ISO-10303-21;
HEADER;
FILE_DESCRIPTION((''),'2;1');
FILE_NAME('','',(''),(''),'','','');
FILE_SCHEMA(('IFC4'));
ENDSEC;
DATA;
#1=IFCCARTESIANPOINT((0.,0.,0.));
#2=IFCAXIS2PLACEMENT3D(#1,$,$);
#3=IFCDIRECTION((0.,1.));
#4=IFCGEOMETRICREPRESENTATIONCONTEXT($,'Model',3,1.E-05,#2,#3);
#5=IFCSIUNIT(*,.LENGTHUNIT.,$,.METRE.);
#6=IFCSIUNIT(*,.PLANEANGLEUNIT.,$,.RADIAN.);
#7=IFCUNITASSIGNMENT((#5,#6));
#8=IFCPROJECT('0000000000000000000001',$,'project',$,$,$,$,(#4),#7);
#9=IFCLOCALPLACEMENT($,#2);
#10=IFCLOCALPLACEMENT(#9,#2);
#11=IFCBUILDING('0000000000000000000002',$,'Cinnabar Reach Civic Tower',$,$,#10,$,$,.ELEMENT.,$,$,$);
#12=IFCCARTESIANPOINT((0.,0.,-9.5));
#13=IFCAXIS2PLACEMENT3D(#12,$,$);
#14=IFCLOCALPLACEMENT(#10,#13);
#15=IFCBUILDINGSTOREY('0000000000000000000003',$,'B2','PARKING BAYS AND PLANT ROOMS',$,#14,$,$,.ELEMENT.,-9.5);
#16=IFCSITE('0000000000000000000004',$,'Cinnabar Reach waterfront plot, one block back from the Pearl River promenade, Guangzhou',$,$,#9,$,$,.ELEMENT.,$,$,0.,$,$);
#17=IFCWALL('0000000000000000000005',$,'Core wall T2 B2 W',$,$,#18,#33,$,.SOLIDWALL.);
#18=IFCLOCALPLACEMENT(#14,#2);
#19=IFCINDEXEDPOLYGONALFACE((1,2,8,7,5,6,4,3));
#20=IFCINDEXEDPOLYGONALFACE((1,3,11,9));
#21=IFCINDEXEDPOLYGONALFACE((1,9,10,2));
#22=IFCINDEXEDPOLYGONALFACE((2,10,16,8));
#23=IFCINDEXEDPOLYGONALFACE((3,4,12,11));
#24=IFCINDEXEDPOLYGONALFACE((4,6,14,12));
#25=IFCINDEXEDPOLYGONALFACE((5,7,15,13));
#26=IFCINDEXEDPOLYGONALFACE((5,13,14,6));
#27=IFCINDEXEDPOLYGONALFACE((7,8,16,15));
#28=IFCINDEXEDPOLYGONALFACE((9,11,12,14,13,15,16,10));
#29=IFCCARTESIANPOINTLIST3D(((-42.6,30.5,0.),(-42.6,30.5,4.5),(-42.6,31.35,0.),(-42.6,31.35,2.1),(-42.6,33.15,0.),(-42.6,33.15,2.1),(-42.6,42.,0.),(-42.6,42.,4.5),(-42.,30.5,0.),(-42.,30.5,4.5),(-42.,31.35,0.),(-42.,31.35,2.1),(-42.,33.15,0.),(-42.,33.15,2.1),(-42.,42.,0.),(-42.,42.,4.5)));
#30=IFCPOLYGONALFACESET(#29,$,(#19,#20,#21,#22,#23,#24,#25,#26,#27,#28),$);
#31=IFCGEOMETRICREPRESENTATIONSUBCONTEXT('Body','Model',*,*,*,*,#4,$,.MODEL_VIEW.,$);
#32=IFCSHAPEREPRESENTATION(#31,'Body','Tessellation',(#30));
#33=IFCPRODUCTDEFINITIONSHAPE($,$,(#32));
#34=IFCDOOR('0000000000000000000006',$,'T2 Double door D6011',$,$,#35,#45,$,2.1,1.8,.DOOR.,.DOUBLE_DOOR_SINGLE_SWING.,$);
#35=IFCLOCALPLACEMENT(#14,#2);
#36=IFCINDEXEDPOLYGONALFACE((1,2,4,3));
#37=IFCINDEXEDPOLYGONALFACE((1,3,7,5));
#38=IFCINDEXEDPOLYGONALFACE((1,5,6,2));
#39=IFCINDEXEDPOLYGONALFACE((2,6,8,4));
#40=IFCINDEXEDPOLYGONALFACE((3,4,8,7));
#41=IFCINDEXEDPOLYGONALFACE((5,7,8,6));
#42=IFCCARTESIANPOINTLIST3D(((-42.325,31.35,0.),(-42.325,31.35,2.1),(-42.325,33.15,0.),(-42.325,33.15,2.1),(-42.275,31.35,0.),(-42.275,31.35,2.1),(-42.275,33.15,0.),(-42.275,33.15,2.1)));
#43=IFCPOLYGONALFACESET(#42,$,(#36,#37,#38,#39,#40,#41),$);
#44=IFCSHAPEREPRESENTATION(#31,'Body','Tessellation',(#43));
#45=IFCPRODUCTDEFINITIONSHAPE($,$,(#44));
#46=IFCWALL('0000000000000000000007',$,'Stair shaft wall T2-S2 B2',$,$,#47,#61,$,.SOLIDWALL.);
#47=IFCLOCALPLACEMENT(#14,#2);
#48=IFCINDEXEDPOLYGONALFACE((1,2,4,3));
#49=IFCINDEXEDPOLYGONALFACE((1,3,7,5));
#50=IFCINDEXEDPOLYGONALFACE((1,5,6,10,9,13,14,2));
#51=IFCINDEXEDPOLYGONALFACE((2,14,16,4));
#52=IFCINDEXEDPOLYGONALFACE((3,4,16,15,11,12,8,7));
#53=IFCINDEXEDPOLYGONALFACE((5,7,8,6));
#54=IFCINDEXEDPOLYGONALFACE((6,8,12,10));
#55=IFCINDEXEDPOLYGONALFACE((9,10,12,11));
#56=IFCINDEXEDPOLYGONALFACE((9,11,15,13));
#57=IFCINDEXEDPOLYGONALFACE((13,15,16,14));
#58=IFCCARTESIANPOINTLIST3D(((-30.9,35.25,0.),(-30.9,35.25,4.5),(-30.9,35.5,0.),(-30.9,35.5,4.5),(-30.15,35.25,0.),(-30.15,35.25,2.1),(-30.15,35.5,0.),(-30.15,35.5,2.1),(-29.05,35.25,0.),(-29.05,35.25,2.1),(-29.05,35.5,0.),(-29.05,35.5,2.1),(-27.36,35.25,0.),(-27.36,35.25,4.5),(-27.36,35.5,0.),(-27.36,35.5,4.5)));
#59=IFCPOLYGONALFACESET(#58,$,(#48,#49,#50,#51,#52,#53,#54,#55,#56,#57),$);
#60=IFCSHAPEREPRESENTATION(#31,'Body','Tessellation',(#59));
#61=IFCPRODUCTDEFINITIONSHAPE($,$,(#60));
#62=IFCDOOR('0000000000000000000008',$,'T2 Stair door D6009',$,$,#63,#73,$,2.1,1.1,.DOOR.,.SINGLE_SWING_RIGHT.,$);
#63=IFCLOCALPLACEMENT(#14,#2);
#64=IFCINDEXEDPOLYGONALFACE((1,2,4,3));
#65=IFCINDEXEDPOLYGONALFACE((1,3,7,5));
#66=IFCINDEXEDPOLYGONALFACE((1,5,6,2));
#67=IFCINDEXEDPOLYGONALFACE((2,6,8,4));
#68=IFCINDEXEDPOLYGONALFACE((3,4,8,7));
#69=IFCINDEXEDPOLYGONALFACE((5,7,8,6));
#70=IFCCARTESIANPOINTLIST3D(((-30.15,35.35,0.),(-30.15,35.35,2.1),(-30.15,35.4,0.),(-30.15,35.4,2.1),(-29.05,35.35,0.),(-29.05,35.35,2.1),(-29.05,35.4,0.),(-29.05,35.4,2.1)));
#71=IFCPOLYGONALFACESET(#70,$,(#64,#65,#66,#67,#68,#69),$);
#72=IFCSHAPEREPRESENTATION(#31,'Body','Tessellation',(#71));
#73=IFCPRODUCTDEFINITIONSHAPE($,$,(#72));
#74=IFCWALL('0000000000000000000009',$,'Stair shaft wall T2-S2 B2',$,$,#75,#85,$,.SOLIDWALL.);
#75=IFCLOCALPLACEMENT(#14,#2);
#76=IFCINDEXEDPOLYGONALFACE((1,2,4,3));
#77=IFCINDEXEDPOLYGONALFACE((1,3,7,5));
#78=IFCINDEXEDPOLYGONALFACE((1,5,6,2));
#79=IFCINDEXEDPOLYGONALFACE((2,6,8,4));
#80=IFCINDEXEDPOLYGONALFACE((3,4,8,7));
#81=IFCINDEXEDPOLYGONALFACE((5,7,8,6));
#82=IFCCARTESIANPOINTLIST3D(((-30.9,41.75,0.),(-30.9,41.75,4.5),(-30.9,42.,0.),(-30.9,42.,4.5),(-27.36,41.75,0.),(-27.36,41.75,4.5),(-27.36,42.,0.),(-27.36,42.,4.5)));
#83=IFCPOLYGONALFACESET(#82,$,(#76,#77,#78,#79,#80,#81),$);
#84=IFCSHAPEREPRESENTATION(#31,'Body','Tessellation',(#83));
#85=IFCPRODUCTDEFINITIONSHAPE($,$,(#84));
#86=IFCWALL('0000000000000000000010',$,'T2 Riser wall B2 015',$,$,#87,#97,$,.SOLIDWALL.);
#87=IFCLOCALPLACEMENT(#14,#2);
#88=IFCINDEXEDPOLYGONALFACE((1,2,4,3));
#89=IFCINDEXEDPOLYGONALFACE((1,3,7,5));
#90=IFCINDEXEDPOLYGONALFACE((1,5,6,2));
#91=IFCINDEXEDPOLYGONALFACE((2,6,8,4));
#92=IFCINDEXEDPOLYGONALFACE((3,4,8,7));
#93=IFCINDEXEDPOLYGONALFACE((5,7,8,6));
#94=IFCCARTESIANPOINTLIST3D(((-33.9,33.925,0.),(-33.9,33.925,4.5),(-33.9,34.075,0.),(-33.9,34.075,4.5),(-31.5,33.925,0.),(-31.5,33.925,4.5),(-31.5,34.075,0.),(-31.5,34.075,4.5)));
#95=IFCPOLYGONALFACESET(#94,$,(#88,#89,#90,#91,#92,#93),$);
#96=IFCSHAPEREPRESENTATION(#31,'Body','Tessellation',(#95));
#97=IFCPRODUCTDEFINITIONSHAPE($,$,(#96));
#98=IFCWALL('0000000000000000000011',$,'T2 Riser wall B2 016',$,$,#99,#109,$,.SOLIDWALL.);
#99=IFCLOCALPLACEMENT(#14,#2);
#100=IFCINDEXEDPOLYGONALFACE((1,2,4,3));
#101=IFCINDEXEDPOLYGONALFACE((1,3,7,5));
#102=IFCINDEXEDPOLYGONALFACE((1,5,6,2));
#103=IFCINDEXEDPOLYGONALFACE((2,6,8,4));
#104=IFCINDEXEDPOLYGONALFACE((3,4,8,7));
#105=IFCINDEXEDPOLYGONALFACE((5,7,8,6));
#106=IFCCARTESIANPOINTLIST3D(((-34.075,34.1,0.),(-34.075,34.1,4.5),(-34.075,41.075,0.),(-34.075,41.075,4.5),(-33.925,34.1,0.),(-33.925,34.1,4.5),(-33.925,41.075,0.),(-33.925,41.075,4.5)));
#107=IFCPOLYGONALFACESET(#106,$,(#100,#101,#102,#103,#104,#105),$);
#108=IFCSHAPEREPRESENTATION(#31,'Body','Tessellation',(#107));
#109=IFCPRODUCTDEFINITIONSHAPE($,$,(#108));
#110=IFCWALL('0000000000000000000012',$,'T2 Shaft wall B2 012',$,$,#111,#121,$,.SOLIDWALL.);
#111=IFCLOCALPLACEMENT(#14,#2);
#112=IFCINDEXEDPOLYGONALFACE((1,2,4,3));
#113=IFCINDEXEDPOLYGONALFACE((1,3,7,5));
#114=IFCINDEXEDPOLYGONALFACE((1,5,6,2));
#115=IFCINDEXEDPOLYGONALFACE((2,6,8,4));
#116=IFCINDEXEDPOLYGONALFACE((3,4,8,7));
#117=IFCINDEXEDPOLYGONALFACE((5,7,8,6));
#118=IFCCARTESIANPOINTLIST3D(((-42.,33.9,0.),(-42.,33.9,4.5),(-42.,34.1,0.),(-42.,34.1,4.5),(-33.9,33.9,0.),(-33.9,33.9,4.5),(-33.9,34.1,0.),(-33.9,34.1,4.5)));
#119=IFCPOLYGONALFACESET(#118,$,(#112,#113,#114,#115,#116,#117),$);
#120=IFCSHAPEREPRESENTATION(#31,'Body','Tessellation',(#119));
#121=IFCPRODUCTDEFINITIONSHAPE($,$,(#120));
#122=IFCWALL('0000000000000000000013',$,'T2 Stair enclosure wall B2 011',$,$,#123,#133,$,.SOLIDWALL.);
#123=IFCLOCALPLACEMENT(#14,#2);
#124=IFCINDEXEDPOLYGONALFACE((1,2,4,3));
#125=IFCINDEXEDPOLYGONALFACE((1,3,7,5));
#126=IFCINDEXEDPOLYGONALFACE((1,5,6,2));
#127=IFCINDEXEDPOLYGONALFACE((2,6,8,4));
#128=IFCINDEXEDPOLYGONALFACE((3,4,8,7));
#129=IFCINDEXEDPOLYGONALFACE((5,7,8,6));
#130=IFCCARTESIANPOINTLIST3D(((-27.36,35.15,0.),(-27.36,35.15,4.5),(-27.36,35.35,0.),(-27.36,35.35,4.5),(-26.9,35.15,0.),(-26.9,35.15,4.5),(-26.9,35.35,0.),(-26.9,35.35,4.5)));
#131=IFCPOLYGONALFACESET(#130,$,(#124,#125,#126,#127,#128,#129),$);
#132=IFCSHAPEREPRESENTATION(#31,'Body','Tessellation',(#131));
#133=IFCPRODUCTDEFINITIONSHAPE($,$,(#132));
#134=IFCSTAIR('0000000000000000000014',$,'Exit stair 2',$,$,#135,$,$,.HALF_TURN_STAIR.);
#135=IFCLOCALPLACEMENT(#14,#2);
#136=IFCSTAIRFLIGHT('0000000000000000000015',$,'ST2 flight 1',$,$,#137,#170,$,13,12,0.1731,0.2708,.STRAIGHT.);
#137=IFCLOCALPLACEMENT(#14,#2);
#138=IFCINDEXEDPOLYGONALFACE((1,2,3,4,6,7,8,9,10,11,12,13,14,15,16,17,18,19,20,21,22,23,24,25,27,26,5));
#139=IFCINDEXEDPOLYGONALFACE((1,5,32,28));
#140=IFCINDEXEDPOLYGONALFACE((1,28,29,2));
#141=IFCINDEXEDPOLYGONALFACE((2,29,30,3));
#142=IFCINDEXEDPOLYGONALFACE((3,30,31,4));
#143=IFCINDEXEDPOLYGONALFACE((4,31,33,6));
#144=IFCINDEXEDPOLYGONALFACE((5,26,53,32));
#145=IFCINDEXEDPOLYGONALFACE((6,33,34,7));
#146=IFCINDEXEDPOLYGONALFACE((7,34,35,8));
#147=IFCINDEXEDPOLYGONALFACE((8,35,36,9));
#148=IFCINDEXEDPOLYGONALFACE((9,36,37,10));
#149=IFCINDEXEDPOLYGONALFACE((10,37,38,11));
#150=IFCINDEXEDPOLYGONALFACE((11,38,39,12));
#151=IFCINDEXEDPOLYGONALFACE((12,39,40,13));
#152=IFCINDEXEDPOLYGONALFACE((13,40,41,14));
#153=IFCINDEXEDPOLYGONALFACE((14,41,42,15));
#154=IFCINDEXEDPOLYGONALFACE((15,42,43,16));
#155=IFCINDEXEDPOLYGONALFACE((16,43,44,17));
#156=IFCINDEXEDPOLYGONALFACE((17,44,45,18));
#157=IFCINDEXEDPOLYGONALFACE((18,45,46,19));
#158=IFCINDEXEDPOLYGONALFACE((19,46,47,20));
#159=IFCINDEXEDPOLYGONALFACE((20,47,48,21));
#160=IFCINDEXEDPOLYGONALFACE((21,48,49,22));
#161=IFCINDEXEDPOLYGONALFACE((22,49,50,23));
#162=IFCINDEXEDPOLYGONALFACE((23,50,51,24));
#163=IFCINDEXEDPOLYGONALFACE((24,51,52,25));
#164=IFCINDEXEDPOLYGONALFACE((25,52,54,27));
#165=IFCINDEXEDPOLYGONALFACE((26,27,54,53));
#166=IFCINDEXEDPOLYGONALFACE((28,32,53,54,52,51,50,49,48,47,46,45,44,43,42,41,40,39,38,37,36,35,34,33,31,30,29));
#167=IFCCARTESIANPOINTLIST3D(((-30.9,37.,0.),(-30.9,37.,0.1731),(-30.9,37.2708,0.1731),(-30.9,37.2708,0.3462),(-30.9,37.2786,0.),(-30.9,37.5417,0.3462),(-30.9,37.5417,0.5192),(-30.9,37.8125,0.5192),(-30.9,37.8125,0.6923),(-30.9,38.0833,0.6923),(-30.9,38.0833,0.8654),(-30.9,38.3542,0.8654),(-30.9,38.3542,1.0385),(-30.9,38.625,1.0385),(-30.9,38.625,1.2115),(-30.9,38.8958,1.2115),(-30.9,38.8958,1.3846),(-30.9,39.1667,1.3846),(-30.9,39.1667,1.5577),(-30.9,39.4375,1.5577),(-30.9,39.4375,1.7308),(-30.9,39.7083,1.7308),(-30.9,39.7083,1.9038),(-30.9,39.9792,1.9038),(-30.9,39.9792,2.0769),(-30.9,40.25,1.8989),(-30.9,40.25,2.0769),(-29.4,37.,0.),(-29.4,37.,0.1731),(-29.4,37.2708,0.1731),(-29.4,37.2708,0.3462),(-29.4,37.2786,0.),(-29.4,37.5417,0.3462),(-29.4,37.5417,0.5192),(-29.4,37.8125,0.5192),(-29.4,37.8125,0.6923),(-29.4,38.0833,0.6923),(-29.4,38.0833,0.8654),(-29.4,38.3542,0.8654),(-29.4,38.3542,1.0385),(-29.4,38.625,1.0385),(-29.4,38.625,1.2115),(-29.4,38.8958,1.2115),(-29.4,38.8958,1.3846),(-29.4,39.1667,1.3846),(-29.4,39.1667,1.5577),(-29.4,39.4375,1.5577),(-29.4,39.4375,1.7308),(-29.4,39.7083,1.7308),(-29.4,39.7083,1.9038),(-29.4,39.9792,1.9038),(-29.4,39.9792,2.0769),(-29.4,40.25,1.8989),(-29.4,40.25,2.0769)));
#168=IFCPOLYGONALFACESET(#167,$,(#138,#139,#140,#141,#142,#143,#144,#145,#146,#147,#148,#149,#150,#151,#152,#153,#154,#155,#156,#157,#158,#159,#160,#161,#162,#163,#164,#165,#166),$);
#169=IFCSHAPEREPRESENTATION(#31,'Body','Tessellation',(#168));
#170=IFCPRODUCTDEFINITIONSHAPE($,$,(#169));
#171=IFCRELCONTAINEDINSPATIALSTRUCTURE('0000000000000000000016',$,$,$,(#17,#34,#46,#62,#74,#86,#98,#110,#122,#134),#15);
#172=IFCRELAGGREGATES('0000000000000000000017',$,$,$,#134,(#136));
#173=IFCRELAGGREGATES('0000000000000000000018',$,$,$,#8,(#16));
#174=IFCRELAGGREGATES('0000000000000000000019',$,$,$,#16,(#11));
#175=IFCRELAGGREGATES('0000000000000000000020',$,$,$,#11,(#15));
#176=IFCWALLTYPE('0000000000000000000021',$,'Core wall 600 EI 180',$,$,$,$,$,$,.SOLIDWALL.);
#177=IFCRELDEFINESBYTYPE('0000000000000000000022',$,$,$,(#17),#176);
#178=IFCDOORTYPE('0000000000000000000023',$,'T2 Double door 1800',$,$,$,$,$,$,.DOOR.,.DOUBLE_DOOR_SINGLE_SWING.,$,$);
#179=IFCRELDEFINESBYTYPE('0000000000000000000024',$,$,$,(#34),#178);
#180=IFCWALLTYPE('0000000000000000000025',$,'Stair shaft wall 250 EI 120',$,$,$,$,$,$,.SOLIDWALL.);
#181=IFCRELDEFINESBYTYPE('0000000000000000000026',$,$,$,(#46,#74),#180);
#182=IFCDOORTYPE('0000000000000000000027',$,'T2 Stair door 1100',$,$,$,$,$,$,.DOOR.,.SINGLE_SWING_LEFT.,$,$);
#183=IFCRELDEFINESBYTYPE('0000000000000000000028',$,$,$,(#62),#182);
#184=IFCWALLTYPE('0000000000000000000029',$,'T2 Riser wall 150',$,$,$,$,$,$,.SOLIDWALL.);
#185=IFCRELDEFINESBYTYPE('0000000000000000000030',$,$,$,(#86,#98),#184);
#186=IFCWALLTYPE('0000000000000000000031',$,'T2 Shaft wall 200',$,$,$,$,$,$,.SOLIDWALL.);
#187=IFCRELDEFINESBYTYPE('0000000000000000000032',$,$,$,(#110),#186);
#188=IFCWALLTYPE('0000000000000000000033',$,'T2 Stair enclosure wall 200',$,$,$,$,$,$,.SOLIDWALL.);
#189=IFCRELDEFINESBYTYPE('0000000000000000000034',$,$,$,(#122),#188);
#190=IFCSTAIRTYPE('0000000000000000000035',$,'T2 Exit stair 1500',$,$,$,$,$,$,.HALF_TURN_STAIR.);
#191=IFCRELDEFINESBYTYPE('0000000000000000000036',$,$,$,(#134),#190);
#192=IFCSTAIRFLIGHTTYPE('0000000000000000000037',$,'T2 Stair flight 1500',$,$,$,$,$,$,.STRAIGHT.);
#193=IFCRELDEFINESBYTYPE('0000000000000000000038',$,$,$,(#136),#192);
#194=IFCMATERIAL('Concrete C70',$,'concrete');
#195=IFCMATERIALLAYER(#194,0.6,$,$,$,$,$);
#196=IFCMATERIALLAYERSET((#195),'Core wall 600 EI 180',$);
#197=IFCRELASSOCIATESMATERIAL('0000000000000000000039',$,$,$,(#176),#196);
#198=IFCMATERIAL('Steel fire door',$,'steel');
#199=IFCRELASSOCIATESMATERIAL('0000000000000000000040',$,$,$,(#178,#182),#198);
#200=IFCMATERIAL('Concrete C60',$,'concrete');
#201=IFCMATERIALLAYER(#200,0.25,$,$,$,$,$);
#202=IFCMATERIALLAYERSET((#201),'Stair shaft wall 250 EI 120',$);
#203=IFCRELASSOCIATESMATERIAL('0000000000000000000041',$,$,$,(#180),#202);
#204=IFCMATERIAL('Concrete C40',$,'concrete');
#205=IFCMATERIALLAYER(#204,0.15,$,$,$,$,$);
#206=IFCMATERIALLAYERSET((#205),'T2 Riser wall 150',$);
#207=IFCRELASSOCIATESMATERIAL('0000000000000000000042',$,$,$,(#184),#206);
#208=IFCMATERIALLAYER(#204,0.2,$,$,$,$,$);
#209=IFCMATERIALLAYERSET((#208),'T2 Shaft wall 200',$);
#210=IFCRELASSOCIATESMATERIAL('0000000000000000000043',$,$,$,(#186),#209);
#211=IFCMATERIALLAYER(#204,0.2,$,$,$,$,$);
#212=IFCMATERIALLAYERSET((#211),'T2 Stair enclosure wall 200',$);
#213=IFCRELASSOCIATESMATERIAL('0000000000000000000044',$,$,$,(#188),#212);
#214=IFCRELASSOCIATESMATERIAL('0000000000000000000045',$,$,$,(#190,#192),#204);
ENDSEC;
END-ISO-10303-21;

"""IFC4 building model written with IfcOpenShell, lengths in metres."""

from ifc_helpers import new_model, si_unit, direction, frame, frame_2d, origin, place, context, subcontext, project, spatial, polyline, rectangle, outline, extrude, material, layer, layer_set, type_object, element, fill, aggregate, save


model = new_model("IFC4")

# Units and contexts
model_context = context("Model", 3, precision=1e-05, world=origin(), true_north=direction((0.0, 1.0)))
body_context = subcontext(model_context, "Body", "Model", "MODEL_VIEW")
ifc_project = project(units=[si_unit("LENGTHUNIT", "METRE"), si_unit("PLANEANGLEUNIT", "RADIAN")], contexts=[model_context])

# Site, building, storey
site_placement = place(None, origin())
site = spatial("IfcSite", under=ifc_project, at=site_placement, Name="Cinnabar Reach waterfront plot, one block back from the Pearl River promenade, Guangzhou", CompositionType="ELEMENT", RefElevation=0.0)
building_placement = place(site_placement, origin())
building = spatial("IfcBuilding", under=site, at=building_placement, Name="Cinnabar Reach Civic Tower", CompositionType="ELEMENT")
storey_placement = place(building_placement, frame((0.0, 0.0, -9.5)))
storey = spatial("IfcBuildingStorey", under=building, at=storey_placement, Name="B2", Description="PARKING BAYS AND PLANT ROOMS", CompositionType="ELEMENT", Elevation=-9.5)

# Shared definitions
ifc_material_1 = material(Name="Concrete C70", Category="concrete")

# Shared definitions
ifc_material_2 = material(Name="Concrete C40", Category="concrete")

# Shared definitions
ifc_layer_1 = layer(ifc_material_1, 0.6)
ifc_layer_set_1 = layer_set([ifc_layer_1], Name="Core wall 600 EI 180")
wall_type_1 = type_object("IfcWallType", Name="Core wall 600 EI 180", PredefinedType="SOLIDWALL", material=ifc_layer_set_1)

# Walls, openings, doors
ifc_material_3 = material(Name="Steel fire door", Category="steel")
door_type_1 = type_object("IfcDoorType", Name="T2 Double door 1800", OperationType="DOUBLE_DOOR_SINGLE_SWING", PredefinedType="DOOR", material=ifc_material_3)
wall_1_placement = place(storey_placement, frame((-42.3, 42.0, 0.0), z_axis=(0.0, 0.0, 1.0), x_axis=(0.0, -1.0, 0.0)))
wall_1 = element("IfcWall", 1, at=wall_1_placement, inside=storey, type_object=wall_type_1, Name="Core wall T2 B2 W", PredefinedType="SOLIDWALL", context=body_context, shape_type="SweptSolid", body=[
    extrude(rectangle(XDim=11.5, YDim=0.6, at=frame_2d((5.75, 0.0))), origin(), (0.0, 0.0, 1.0), 4.5),
])
opening_1_placement = place(wall_1_placement, frame((8.85, 0.0, 0.0)))
opening_1 = element("IfcOpeningElement", 2, at=opening_1_placement, cuts=wall_1, PredefinedType="OPENING", context=body_context, shape_type="SweptSolid", body=[
    extrude(rectangle(XDim=1.8, YDim=2.1, at=frame_2d((0.9, 1.05))), frame((0.0, 0.31, 0.0), z_axis=(0.0, -1.0, 0.0), x_axis=(1.0, 0.0, 0.0)), (0.0, 0.0, 1.0), 0.62),
])
door_1_placement = place(opening_1_placement, frame((1.8, 0.0, 0.0), z_axis=(0.0, 0.0, 1.0), x_axis=(-1.0, 0.0, 0.0)))
door_1 = element("IfcDoor", 3, at=door_1_placement, inside=storey, type_object=door_type_1, Name="T2 Double door D6011", OperationType="DOUBLE_DOOR_SINGLE_SWING", OverallHeight=2.1, OverallWidth=1.8, PredefinedType="DOOR", context=body_context, shape_type="SweptSolid", body=[
    extrude(rectangle(XDim=1.8, YDim=2.1, at=frame_2d((0.9, 1.05))), frame((0.0, 0.025, 0.0), z_axis=(0.0, -1.0, 0.0), x_axis=(1.0, 0.0, 0.0)), (0.0, 0.0, 1.0), 0.05),
])
fill(opening_1, door_1)
ifc_material_4 = material(Name="Concrete C60", Category="concrete")
ifc_layer_2 = layer(ifc_material_4, 0.25)
ifc_layer_set_2 = layer_set([ifc_layer_2], Name="Stair shaft wall 250 EI 120")
wall_type_2 = type_object("IfcWallType", Name="Stair shaft wall 250 EI 120", PredefinedType="SOLIDWALL", material=ifc_layer_set_2)
wall_2_placement = place(storey_placement, frame((-30.9, 35.375, 0.0), z_axis=(0.0, 0.0, 1.0), x_axis=(1.0, 0.0, 0.0)))
wall_2 = element("IfcWall", 4, at=wall_2_placement, inside=storey, type_object=wall_type_2, Name="Stair shaft wall T2-S2 B2", PredefinedType="SOLIDWALL", context=body_context, shape_type="SweptSolid", body=[
    extrude(rectangle(XDim=3.54, YDim=0.25, at=frame_2d((1.77, 0.0))), origin(), (0.0, 0.0, 1.0), 4.5),
])
opening_2_placement = place(wall_2_placement, frame((0.75, 0.0, 0.0)))
opening_2 = element("IfcOpeningElement", 5, at=opening_2_placement, cuts=wall_2, PredefinedType="OPENING", context=body_context, shape_type="SweptSolid", body=[
    extrude(rectangle(XDim=1.1, YDim=2.1, at=frame_2d((0.55, 1.05))), frame((0.0, 0.135, 0.0), z_axis=(0.0, -1.0, 0.0), x_axis=(1.0, 0.0, 0.0)), (0.0, 0.0, 1.0), 0.27),
])
door_type_2 = type_object("IfcDoorType", Name="T2 Stair door 1100", OperationType="SINGLE_SWING_LEFT", PredefinedType="DOOR", material=ifc_material_3)
door_2_placement = place(opening_2_placement, origin())
door_2 = element("IfcDoor", 6, at=door_2_placement, inside=storey, type_object=door_type_2, Name="T2 Stair door D6009", OperationType="SINGLE_SWING_RIGHT", OverallHeight=2.1, OverallWidth=1.1, PredefinedType="DOOR", context=body_context, shape_type="SweptSolid", body=[
    extrude(rectangle(XDim=1.1, YDim=2.1, at=frame_2d((0.55, 1.05))), frame((0.0, 0.025, 0.0), z_axis=(0.0, -1.0, 0.0), x_axis=(1.0, 0.0, 0.0)), (0.0, 0.0, 1.0), 0.05),
])
fill(opening_2, door_2)

# Walls
wall_3_placement = place(storey_placement, frame((-27.36, 41.875, 0.0), z_axis=(0.0, 0.0, 1.0), x_axis=(-1.0, 0.0, 0.0)))
element("IfcWall", 7, at=wall_3_placement, inside=storey, type_object=wall_type_2, Name="Stair shaft wall T2-S2 B2", PredefinedType="SOLIDWALL", context=body_context, shape_type="SweptSolid", body=[
    extrude(rectangle(XDim=3.54, YDim=0.25, at=frame_2d((1.77, 0.0))), origin(), (0.0, 0.0, 1.0), 4.5),
])
ifc_layer_3 = layer(ifc_material_2, 0.15)
ifc_layer_set_3 = layer_set([ifc_layer_3], Name="T2 Riser wall 150")
wall_type_3 = type_object("IfcWallType", Name="T2 Riser wall 150", PredefinedType="SOLIDWALL", material=ifc_layer_set_3)
wall_4_placement = place(storey_placement, frame((-33.9, 34.0, 0.0), z_axis=(0.0, 0.0, 1.0), x_axis=(1.0, 0.0, 0.0)))
element("IfcWall", 8, at=wall_4_placement, inside=storey, type_object=wall_type_3, Name="T2 Riser wall B2 015", PredefinedType="SOLIDWALL", context=body_context, shape_type="SweptSolid", body=[
    extrude(rectangle(XDim=2.4, YDim=0.15, at=frame_2d((1.2, 0.0))), origin(), (0.0, 0.0, 1.0), 4.5),
])
wall_5_placement = place(storey_placement, frame((-34.0, 41.075, 0.0), z_axis=(0.0, 0.0, 1.0), x_axis=(0.0, -1.0, 0.0)))
element("IfcWall", 9, at=wall_5_placement, inside=storey, type_object=wall_type_3, Name="T2 Riser wall B2 016", PredefinedType="SOLIDWALL", context=body_context, shape_type="SweptSolid", body=[
    extrude(rectangle(XDim=6.975, YDim=0.15, at=frame_2d((3.4875, 0.0))), origin(), (0.0, 0.0, 1.0), 4.5),
])
ifc_layer_4 = layer(ifc_material_2, 0.2)
ifc_layer_set_4 = layer_set([ifc_layer_4], Name="T2 Shaft wall 200")
wall_type_4 = type_object("IfcWallType", Name="T2 Shaft wall 200", PredefinedType="SOLIDWALL", material=ifc_layer_set_4)
wall_6_placement = place(storey_placement, frame((-33.9, 34.0, 0.0), z_axis=(0.0, 0.0, 1.0), x_axis=(-1.0, 0.0, 0.0)))
element("IfcWall", 10, at=wall_6_placement, inside=storey, type_object=wall_type_4, Name="T2 Shaft wall B2 012", PredefinedType="SOLIDWALL", context=body_context, shape_type="SweptSolid", body=[
    extrude(rectangle(XDim=8.1, YDim=0.2, at=frame_2d((4.05, 0.0))), origin(), (0.0, 0.0, 1.0), 4.5),
])
ifc_layer_5 = layer(ifc_material_2, 0.2)
ifc_layer_set_5 = layer_set([ifc_layer_5], Name="T2 Stair enclosure wall 200")
wall_type_5 = type_object("IfcWallType", Name="T2 Stair enclosure wall 200", PredefinedType="SOLIDWALL", material=ifc_layer_set_5)
wall_7_placement = place(storey_placement, frame((-26.9, 35.25, 0.0), z_axis=(0.0, 0.0, 1.0), x_axis=(-1.0, 0.0, 0.0)))
element("IfcWall", 11, at=wall_7_placement, inside=storey, type_object=wall_type_5, Name="T2 Stair enclosure wall B2 011", PredefinedType="SOLIDWALL", context=body_context, shape_type="SweptSolid", body=[
    extrude(rectangle(XDim=0.46, YDim=0.2, at=frame_2d((0.23, 0.0))), origin(), (0.0, 0.0, 1.0), 4.5),
])

# Stair, stair flight
stair_type = type_object("IfcStairType", Name="T2 Exit stair 1500", PredefinedType="HALF_TURN_STAIR", material=ifc_material_2)
stair_placement = place(storey_placement, origin())
stair = element("IfcStair", 12, at=stair_placement, inside=storey, type_object=stair_type, Name="Exit stair 2", PredefinedType="HALF_TURN_STAIR")
stair_flight_type = type_object("IfcStairFlightType", Name="T2 Stair flight 1500", PredefinedType="STRAIGHT", material=ifc_material_2)
stair_flight_1_placement = place(storey_placement, frame((-30.15, 37.0, 0.0), z_axis=(0.0, 0.0, 1.0), x_axis=(0.0, 1.0, 0.0)))
stair_flight_1 = element("IfcStairFlight", 13, at=stair_flight_1_placement, type_object=stair_flight_type, Name="ST2 flight 1", NumberOfRisers=13, NumberOfTreads=12, PredefinedType="STRAIGHT", RiserHeight=0.1731, TreadLength=0.2708, context=body_context, shape_type="SweptSolid", body=[
    extrude(outline(polyline([(0.0, 0.0), (0.0, 0.1731), (0.2708, 0.1731), (0.2708, 0.3462), (0.5417, 0.3462), (0.5417, 0.5192), (0.8125, 0.5192), (0.8125, 0.6923), (1.0833, 0.6923), (1.0833, 0.8654), (1.3542, 0.8654), (1.3542, 1.0385), (1.625, 1.0385), (1.625, 1.2115), (1.8958, 1.2115), (1.8958, 1.3846), (2.1667, 1.3846), (2.1667, 1.5577), (2.4375, 1.5577), (2.4375, 1.7308), (2.7083, 1.7308), (2.7083, 1.9038), (2.9792, 1.9038), (2.9792, 2.0769), (3.25, 2.0769), (3.25, 2.25), (3.25, 1.8989), (0.2786, 0.0), (0.0, 0.0)])), frame((0.0, 0.75, 0.0), z_axis=(0.0, -1.0, 0.0), x_axis=(1.0, 0.0, 0.0)), (0.0, 0.0, 1.0), 1.5),
])
aggregate(stair, [stair_flight_1])

save(model, "model.ifc")
